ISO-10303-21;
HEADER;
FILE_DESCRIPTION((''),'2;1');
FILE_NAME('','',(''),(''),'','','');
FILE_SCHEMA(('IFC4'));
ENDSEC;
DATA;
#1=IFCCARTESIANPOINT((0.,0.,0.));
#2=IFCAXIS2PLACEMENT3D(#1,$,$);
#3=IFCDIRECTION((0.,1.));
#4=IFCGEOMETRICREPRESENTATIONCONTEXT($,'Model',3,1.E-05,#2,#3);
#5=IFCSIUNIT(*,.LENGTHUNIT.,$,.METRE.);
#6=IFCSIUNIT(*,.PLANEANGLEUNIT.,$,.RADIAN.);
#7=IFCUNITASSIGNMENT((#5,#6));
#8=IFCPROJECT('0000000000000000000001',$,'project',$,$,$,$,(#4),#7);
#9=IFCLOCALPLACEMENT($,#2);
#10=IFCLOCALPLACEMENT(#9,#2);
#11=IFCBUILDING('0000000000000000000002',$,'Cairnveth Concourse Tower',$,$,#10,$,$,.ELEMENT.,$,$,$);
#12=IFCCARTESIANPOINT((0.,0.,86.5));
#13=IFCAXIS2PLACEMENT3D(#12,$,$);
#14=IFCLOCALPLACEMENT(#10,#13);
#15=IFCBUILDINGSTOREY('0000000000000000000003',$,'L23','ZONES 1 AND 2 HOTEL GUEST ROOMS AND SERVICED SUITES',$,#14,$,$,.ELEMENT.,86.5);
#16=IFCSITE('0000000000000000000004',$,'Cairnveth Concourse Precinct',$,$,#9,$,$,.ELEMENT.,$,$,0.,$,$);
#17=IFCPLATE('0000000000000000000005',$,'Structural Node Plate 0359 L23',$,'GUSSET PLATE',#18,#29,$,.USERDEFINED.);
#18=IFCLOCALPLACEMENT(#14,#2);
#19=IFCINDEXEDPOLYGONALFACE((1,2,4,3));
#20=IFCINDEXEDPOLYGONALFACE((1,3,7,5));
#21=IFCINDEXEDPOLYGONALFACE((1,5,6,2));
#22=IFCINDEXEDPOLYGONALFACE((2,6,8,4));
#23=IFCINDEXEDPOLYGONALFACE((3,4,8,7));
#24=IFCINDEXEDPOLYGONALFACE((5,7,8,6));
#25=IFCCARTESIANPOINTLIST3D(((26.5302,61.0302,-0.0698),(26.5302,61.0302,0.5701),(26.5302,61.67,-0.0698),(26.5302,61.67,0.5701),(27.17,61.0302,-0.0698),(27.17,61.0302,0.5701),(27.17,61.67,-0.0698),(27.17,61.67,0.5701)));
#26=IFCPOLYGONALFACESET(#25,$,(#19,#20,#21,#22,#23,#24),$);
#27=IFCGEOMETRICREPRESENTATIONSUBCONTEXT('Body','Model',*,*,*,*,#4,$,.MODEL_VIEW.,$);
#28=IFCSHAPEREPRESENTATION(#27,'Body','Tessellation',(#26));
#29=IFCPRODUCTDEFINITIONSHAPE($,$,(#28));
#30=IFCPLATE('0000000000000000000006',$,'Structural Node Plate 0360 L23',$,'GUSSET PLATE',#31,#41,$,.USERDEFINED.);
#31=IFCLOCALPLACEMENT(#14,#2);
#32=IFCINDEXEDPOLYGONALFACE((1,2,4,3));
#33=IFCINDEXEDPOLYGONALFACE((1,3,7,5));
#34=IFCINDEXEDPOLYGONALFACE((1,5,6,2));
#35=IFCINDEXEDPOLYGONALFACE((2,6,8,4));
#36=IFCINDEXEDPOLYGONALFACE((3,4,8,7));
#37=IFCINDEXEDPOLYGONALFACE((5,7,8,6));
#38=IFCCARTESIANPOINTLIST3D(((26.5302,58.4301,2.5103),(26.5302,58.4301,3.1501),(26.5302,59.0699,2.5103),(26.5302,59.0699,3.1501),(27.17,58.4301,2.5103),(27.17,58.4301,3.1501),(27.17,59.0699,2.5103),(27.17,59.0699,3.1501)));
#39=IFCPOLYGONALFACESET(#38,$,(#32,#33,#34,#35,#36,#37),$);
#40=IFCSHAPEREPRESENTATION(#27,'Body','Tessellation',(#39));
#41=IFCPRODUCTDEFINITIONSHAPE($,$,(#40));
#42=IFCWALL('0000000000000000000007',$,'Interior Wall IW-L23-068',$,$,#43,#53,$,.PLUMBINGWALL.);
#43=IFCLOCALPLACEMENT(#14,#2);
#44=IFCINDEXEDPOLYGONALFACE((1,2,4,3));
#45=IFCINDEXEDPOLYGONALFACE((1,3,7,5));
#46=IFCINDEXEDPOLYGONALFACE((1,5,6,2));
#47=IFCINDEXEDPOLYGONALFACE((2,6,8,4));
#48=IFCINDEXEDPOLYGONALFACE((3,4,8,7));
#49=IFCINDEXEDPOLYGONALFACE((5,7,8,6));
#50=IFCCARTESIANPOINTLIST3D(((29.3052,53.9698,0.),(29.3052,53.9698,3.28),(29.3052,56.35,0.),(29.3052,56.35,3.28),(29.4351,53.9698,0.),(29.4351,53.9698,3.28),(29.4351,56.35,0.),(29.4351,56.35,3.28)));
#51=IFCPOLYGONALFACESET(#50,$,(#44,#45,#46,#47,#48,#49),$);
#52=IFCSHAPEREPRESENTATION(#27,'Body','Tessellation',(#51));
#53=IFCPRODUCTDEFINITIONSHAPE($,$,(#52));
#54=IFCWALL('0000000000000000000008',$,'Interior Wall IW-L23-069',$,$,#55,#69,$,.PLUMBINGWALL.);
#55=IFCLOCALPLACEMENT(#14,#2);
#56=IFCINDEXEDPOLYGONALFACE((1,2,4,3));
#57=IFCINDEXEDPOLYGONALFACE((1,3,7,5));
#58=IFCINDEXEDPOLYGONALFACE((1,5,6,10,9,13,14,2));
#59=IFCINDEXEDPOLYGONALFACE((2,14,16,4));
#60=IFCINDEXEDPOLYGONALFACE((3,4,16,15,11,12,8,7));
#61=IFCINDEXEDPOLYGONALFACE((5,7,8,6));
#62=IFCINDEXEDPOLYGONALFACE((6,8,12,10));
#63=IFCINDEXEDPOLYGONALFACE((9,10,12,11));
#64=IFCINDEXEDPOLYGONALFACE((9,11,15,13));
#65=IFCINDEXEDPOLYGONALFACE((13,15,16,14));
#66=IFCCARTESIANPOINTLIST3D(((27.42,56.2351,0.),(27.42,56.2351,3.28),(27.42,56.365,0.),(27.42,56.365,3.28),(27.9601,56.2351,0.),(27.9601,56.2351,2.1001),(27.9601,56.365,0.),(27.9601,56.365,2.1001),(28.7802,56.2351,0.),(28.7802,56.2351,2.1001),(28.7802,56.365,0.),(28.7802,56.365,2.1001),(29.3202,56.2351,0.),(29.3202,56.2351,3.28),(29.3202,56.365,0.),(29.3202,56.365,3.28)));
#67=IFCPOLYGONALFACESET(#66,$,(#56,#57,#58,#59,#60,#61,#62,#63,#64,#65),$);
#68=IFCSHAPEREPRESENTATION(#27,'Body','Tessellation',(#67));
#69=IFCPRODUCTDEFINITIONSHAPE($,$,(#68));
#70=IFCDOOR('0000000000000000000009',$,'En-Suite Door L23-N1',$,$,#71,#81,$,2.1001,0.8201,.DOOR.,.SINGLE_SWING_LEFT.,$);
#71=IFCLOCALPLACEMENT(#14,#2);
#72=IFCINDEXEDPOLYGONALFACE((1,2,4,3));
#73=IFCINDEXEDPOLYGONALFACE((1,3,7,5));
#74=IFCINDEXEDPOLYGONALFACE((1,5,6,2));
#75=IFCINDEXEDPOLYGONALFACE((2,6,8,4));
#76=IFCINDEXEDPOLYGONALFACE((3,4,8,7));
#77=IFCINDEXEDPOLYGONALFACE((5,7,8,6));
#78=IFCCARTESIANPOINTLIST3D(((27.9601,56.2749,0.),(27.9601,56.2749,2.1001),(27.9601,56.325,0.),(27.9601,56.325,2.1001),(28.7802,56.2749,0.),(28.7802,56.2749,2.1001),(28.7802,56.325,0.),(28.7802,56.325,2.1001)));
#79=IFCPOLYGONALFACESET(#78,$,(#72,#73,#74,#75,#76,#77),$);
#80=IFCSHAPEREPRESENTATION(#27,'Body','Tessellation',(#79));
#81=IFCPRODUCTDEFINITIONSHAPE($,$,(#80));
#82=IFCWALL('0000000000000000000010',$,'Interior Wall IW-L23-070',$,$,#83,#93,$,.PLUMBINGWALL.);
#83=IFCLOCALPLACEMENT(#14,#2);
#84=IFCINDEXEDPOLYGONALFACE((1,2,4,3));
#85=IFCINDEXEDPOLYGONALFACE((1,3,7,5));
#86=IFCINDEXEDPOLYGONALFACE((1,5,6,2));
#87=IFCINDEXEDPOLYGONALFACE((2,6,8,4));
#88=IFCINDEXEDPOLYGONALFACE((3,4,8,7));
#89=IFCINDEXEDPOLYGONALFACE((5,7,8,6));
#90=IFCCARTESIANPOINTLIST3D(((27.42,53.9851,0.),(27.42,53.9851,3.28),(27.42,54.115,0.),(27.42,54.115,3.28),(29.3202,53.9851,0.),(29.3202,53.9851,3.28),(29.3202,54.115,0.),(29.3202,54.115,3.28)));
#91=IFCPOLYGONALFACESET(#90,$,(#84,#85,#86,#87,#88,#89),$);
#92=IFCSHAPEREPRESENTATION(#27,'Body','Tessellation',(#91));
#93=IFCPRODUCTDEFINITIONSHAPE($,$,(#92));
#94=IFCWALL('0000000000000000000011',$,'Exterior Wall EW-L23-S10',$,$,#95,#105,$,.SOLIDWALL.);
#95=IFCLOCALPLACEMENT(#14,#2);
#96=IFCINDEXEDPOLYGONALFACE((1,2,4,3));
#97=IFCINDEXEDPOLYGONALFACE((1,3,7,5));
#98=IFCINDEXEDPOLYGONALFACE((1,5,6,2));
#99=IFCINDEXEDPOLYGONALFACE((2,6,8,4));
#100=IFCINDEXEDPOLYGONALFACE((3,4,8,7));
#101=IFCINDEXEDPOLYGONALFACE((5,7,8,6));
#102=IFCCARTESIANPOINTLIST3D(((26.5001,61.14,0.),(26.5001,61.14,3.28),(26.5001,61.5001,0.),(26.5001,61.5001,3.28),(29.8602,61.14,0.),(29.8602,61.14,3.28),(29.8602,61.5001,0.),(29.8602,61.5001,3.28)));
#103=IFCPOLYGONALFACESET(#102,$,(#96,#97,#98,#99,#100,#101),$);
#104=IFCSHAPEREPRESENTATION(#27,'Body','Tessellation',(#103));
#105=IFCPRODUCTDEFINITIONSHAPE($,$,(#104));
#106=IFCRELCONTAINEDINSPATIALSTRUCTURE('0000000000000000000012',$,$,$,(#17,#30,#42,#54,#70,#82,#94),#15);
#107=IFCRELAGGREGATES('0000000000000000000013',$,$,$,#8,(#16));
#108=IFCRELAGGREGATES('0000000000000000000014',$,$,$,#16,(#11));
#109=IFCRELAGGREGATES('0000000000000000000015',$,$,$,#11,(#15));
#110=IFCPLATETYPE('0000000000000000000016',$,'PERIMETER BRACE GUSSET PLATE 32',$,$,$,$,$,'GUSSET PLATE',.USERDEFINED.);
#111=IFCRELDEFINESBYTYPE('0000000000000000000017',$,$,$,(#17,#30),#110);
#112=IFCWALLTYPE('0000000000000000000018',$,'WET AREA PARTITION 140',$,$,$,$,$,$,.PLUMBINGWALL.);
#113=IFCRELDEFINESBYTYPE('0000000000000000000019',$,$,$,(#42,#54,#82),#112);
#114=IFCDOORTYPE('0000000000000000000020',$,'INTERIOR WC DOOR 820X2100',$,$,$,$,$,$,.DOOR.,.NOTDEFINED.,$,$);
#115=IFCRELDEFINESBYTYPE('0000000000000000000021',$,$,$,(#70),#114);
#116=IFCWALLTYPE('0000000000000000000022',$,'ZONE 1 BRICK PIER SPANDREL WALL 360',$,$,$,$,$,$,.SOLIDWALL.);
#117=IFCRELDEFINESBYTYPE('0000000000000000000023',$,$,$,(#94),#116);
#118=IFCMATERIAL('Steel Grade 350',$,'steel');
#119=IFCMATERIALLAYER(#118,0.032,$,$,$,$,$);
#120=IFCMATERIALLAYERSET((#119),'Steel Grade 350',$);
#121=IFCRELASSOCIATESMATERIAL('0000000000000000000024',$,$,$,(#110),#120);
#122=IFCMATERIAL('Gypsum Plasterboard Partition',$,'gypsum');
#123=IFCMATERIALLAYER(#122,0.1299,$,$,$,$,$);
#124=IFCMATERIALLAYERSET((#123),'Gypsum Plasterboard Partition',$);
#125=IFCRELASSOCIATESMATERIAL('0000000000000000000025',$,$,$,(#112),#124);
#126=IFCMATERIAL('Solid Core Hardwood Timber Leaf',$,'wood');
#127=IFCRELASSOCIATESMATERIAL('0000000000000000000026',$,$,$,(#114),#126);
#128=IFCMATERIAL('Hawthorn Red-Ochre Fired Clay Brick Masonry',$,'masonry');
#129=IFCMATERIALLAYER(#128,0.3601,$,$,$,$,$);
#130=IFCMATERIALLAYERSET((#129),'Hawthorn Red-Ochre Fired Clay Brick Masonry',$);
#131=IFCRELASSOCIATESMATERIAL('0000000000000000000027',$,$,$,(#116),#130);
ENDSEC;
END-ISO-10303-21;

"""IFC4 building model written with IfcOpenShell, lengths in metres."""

from ifc_helpers import new_model, si_unit, direction, frame, frame_2d, origin, origin_2d, place, context, subcontext, project, spatial, rectangle, extrude, material, layer, layer_set, type_object, element, fill, save


model = new_model("IFC4")

# Units and contexts
model_context = context("Model", 3, precision=1e-05, world=origin(), true_north=direction((0.0, 1.0)))
body_context = subcontext(model_context, "Body", "Model", "MODEL_VIEW")
ifc_project = project(units=[si_unit("LENGTHUNIT", "METRE"), si_unit("PLANEANGLEUNIT", "RADIAN")], contexts=[model_context])

# Site, building, storey
site_placement = place(None, origin())
site = spatial("IfcSite", under=ifc_project, at=site_placement, Name="Cairnveth Concourse Precinct", CompositionType="ELEMENT", RefElevation=0.0)
building_placement = place(site_placement, origin())
building = spatial("IfcBuilding", under=site, at=building_placement, Name="Cairnveth Concourse Tower", CompositionType="ELEMENT")
storey_placement = place(building_placement, frame((0.0, 0.0, 86.5)))
storey = spatial("IfcBuildingStorey", under=building, at=storey_placement, Name="L23", Description="ZONES 1 AND 2 HOTEL GUEST ROOMS AND SERVICED SUITES", CompositionType="ELEMENT", Elevation=86.5)

# Shared definitions
ifc_material_1 = material(Name="Steel Grade 350", Category="steel")

# Plates
ifc_layer_1 = layer(ifc_material_1, 0.032)
ifc_layer_set_1 = layer_set([ifc_layer_1], Name="Steel Grade 350")
plate_type = type_object("IfcPlateType", Name="PERIMETER BRACE GUSSET PLATE 32", ElementType="GUSSET PLATE", PredefinedType="USERDEFINED", material=ifc_layer_set_1)
for number, where, z_axis, x_axis, name in (
    (1, (26.8501, 61.3501, -0.0698), (0.0, 0.0, 1.0), (1.0, 0.0, 0.0), "Structural Node Plate 0359 L23"),
    (2, (26.8501, 58.75, 2.5103), (0.0, 0.0, 1.0), (1.0, 0.0, 0.0), "Structural Node Plate 0360 L23"),
):
    element("IfcPlate", number, at=place(storey_placement, frame(where, z_axis=z_axis, x_axis=x_axis)), inside=storey, type_object=plate_type, Name=name, ObjectType="GUSSET PLATE", PredefinedType="USERDEFINED", context=body_context, shape_type="SweptSolid", body=[
        extrude(rectangle(XDim=0.6399, YDim=0.6399, at=origin_2d()), origin(), (0.0, 0.0, 1.0), 0.6399),
    ])

# Wall
ifc_material_2 = material(Name="Gypsum Plasterboard Partition", Category="gypsum")
ifc_layer_2 = layer(ifc_material_2, 0.1299)
ifc_layer_set_2 = layer_set([ifc_layer_2], Name="Gypsum Plasterboard Partition")
wall_type_1 = type_object("IfcWallType", Name="WET AREA PARTITION 140", PredefinedType="PLUMBINGWALL", material=ifc_layer_set_2)
wall_1_placement = place(storey_placement, frame((29.3701, 53.97, 0.0), z_axis=(0.0, 0.0, 1.0), x_axis=(0.0, 1.0, 0.0)))
element("IfcWall", 3, at=wall_1_placement, inside=storey, type_object=wall_type_1, Name="Interior Wall IW-L23-068", PredefinedType="PLUMBINGWALL", context=body_context, shape_type="SweptSolid", body=[
    extrude(rectangle(XDim=2.3801, YDim=0.1299, at=frame_2d((1.1899, 0.0))), origin(), (0.0, 0.0, 1.0), 3.28),
])

# Wall, opening, door
wall_2_placement = place(storey_placement, frame((27.4199, 56.3, 0.0), z_axis=(0.0, 0.0, 1.0), x_axis=(1.0, 0.0, 0.0)))
wall_2 = element("IfcWall", 4, at=wall_2_placement, inside=storey, type_object=wall_type_1, Name="Interior Wall IW-L23-069", PredefinedType="PLUMBINGWALL", context=body_context, shape_type="SweptSolid", body=[
    extrude(rectangle(XDim=1.9001, YDim=0.1299, at=frame_2d((0.9502, 0.0))), origin(), (0.0, 0.0, 1.0), 3.28),
])
opening_1_placement = place(wall_2_placement, frame((0.54, 0.0, 0.0)))
opening_1 = element("IfcOpeningElement", 5, at=opening_1_placement, cuts=wall_2, PredefinedType="OPENING", context=body_context, shape_type="SweptSolid", body=[
    extrude(rectangle(XDim=0.8201, YDim=2.1001, at=frame_2d((0.4102, 1.05))), frame((0.0, 0.075, 0.0), z_axis=(0.0, -1.0, 0.0), x_axis=(1.0, 0.0, 0.0)), (0.0, 0.0, 1.0), 0.1499),
])
ifc_material_3 = material(Name="Solid Core Hardwood Timber Leaf", Category="wood")
door_type = type_object("IfcDoorType", Name="INTERIOR WC DOOR 820X2100", OperationType="NOTDEFINED", PredefinedType="DOOR", material=ifc_material_3)
door_placement = place(opening_1_placement, origin())
door = element("IfcDoor", 6, at=door_placement, inside=storey, type_object=door_type, Name="En-Suite Door L23-N1", OperationType="SINGLE_SWING_LEFT", OverallHeight=2.1001, OverallWidth=0.8201, PredefinedType="DOOR", context=body_context, shape_type="SweptSolid", body=[
    extrude(rectangle(XDim=0.8201, YDim=2.1001, at=frame_2d((0.4102, 1.05))), frame((0.0, 0.0249, 0.0), z_axis=(0.0, -1.0, 0.0), x_axis=(1.0, 0.0, 0.0)), (0.0, 0.0, 1.0), 0.05),
])
fill(opening_1, door)

# Walls
wall_3_placement = place(storey_placement, frame((27.4199, 54.05, 0.0), z_axis=(0.0, 0.0, 1.0), x_axis=(1.0, 0.0, 0.0)))
element("IfcWall", 7, at=wall_3_placement, inside=storey, type_object=wall_type_1, Name="Interior Wall IW-L23-070", PredefinedType="PLUMBINGWALL", context=body_context, shape_type="SweptSolid", body=[
    extrude(rectangle(XDim=1.9001, YDim=0.1299, at=frame_2d((0.9502, 0.0))), origin(), (0.0, 0.0, 1.0), 3.28),
])
ifc_material_4 = material(Name="Hawthorn Red-Ochre Fired Clay Brick Masonry", Category="masonry")
ifc_layer_3 = layer(ifc_material_4, 0.3601)
ifc_layer_set_3 = layer_set([ifc_layer_3], Name="Hawthorn Red-Ochre Fired Clay Brick Masonry")
wall_type_2 = type_object("IfcWallType", Name="ZONE 1 BRICK PIER SPANDREL WALL 360", PredefinedType="SOLIDWALL", material=ifc_layer_set_3)
wall_4_placement = place(storey_placement, frame((26.5, 61.3201, 0.0), z_axis=(0.0, 0.0, 1.0), x_axis=(1.0, 0.0, 0.0)))
element("IfcWall", 8, at=wall_4_placement, inside=storey, type_object=wall_type_2, Name="Exterior Wall EW-L23-S10", PredefinedType="SOLIDWALL", context=body_context, shape_type="SweptSolid", body=[
    extrude(rectangle(XDim=3.3601, YDim=0.3601, at=frame_2d((1.6802, 0.0))), origin(), (0.0, 0.0, 1.0), 3.28),
])

save(model, "model.ifc")
